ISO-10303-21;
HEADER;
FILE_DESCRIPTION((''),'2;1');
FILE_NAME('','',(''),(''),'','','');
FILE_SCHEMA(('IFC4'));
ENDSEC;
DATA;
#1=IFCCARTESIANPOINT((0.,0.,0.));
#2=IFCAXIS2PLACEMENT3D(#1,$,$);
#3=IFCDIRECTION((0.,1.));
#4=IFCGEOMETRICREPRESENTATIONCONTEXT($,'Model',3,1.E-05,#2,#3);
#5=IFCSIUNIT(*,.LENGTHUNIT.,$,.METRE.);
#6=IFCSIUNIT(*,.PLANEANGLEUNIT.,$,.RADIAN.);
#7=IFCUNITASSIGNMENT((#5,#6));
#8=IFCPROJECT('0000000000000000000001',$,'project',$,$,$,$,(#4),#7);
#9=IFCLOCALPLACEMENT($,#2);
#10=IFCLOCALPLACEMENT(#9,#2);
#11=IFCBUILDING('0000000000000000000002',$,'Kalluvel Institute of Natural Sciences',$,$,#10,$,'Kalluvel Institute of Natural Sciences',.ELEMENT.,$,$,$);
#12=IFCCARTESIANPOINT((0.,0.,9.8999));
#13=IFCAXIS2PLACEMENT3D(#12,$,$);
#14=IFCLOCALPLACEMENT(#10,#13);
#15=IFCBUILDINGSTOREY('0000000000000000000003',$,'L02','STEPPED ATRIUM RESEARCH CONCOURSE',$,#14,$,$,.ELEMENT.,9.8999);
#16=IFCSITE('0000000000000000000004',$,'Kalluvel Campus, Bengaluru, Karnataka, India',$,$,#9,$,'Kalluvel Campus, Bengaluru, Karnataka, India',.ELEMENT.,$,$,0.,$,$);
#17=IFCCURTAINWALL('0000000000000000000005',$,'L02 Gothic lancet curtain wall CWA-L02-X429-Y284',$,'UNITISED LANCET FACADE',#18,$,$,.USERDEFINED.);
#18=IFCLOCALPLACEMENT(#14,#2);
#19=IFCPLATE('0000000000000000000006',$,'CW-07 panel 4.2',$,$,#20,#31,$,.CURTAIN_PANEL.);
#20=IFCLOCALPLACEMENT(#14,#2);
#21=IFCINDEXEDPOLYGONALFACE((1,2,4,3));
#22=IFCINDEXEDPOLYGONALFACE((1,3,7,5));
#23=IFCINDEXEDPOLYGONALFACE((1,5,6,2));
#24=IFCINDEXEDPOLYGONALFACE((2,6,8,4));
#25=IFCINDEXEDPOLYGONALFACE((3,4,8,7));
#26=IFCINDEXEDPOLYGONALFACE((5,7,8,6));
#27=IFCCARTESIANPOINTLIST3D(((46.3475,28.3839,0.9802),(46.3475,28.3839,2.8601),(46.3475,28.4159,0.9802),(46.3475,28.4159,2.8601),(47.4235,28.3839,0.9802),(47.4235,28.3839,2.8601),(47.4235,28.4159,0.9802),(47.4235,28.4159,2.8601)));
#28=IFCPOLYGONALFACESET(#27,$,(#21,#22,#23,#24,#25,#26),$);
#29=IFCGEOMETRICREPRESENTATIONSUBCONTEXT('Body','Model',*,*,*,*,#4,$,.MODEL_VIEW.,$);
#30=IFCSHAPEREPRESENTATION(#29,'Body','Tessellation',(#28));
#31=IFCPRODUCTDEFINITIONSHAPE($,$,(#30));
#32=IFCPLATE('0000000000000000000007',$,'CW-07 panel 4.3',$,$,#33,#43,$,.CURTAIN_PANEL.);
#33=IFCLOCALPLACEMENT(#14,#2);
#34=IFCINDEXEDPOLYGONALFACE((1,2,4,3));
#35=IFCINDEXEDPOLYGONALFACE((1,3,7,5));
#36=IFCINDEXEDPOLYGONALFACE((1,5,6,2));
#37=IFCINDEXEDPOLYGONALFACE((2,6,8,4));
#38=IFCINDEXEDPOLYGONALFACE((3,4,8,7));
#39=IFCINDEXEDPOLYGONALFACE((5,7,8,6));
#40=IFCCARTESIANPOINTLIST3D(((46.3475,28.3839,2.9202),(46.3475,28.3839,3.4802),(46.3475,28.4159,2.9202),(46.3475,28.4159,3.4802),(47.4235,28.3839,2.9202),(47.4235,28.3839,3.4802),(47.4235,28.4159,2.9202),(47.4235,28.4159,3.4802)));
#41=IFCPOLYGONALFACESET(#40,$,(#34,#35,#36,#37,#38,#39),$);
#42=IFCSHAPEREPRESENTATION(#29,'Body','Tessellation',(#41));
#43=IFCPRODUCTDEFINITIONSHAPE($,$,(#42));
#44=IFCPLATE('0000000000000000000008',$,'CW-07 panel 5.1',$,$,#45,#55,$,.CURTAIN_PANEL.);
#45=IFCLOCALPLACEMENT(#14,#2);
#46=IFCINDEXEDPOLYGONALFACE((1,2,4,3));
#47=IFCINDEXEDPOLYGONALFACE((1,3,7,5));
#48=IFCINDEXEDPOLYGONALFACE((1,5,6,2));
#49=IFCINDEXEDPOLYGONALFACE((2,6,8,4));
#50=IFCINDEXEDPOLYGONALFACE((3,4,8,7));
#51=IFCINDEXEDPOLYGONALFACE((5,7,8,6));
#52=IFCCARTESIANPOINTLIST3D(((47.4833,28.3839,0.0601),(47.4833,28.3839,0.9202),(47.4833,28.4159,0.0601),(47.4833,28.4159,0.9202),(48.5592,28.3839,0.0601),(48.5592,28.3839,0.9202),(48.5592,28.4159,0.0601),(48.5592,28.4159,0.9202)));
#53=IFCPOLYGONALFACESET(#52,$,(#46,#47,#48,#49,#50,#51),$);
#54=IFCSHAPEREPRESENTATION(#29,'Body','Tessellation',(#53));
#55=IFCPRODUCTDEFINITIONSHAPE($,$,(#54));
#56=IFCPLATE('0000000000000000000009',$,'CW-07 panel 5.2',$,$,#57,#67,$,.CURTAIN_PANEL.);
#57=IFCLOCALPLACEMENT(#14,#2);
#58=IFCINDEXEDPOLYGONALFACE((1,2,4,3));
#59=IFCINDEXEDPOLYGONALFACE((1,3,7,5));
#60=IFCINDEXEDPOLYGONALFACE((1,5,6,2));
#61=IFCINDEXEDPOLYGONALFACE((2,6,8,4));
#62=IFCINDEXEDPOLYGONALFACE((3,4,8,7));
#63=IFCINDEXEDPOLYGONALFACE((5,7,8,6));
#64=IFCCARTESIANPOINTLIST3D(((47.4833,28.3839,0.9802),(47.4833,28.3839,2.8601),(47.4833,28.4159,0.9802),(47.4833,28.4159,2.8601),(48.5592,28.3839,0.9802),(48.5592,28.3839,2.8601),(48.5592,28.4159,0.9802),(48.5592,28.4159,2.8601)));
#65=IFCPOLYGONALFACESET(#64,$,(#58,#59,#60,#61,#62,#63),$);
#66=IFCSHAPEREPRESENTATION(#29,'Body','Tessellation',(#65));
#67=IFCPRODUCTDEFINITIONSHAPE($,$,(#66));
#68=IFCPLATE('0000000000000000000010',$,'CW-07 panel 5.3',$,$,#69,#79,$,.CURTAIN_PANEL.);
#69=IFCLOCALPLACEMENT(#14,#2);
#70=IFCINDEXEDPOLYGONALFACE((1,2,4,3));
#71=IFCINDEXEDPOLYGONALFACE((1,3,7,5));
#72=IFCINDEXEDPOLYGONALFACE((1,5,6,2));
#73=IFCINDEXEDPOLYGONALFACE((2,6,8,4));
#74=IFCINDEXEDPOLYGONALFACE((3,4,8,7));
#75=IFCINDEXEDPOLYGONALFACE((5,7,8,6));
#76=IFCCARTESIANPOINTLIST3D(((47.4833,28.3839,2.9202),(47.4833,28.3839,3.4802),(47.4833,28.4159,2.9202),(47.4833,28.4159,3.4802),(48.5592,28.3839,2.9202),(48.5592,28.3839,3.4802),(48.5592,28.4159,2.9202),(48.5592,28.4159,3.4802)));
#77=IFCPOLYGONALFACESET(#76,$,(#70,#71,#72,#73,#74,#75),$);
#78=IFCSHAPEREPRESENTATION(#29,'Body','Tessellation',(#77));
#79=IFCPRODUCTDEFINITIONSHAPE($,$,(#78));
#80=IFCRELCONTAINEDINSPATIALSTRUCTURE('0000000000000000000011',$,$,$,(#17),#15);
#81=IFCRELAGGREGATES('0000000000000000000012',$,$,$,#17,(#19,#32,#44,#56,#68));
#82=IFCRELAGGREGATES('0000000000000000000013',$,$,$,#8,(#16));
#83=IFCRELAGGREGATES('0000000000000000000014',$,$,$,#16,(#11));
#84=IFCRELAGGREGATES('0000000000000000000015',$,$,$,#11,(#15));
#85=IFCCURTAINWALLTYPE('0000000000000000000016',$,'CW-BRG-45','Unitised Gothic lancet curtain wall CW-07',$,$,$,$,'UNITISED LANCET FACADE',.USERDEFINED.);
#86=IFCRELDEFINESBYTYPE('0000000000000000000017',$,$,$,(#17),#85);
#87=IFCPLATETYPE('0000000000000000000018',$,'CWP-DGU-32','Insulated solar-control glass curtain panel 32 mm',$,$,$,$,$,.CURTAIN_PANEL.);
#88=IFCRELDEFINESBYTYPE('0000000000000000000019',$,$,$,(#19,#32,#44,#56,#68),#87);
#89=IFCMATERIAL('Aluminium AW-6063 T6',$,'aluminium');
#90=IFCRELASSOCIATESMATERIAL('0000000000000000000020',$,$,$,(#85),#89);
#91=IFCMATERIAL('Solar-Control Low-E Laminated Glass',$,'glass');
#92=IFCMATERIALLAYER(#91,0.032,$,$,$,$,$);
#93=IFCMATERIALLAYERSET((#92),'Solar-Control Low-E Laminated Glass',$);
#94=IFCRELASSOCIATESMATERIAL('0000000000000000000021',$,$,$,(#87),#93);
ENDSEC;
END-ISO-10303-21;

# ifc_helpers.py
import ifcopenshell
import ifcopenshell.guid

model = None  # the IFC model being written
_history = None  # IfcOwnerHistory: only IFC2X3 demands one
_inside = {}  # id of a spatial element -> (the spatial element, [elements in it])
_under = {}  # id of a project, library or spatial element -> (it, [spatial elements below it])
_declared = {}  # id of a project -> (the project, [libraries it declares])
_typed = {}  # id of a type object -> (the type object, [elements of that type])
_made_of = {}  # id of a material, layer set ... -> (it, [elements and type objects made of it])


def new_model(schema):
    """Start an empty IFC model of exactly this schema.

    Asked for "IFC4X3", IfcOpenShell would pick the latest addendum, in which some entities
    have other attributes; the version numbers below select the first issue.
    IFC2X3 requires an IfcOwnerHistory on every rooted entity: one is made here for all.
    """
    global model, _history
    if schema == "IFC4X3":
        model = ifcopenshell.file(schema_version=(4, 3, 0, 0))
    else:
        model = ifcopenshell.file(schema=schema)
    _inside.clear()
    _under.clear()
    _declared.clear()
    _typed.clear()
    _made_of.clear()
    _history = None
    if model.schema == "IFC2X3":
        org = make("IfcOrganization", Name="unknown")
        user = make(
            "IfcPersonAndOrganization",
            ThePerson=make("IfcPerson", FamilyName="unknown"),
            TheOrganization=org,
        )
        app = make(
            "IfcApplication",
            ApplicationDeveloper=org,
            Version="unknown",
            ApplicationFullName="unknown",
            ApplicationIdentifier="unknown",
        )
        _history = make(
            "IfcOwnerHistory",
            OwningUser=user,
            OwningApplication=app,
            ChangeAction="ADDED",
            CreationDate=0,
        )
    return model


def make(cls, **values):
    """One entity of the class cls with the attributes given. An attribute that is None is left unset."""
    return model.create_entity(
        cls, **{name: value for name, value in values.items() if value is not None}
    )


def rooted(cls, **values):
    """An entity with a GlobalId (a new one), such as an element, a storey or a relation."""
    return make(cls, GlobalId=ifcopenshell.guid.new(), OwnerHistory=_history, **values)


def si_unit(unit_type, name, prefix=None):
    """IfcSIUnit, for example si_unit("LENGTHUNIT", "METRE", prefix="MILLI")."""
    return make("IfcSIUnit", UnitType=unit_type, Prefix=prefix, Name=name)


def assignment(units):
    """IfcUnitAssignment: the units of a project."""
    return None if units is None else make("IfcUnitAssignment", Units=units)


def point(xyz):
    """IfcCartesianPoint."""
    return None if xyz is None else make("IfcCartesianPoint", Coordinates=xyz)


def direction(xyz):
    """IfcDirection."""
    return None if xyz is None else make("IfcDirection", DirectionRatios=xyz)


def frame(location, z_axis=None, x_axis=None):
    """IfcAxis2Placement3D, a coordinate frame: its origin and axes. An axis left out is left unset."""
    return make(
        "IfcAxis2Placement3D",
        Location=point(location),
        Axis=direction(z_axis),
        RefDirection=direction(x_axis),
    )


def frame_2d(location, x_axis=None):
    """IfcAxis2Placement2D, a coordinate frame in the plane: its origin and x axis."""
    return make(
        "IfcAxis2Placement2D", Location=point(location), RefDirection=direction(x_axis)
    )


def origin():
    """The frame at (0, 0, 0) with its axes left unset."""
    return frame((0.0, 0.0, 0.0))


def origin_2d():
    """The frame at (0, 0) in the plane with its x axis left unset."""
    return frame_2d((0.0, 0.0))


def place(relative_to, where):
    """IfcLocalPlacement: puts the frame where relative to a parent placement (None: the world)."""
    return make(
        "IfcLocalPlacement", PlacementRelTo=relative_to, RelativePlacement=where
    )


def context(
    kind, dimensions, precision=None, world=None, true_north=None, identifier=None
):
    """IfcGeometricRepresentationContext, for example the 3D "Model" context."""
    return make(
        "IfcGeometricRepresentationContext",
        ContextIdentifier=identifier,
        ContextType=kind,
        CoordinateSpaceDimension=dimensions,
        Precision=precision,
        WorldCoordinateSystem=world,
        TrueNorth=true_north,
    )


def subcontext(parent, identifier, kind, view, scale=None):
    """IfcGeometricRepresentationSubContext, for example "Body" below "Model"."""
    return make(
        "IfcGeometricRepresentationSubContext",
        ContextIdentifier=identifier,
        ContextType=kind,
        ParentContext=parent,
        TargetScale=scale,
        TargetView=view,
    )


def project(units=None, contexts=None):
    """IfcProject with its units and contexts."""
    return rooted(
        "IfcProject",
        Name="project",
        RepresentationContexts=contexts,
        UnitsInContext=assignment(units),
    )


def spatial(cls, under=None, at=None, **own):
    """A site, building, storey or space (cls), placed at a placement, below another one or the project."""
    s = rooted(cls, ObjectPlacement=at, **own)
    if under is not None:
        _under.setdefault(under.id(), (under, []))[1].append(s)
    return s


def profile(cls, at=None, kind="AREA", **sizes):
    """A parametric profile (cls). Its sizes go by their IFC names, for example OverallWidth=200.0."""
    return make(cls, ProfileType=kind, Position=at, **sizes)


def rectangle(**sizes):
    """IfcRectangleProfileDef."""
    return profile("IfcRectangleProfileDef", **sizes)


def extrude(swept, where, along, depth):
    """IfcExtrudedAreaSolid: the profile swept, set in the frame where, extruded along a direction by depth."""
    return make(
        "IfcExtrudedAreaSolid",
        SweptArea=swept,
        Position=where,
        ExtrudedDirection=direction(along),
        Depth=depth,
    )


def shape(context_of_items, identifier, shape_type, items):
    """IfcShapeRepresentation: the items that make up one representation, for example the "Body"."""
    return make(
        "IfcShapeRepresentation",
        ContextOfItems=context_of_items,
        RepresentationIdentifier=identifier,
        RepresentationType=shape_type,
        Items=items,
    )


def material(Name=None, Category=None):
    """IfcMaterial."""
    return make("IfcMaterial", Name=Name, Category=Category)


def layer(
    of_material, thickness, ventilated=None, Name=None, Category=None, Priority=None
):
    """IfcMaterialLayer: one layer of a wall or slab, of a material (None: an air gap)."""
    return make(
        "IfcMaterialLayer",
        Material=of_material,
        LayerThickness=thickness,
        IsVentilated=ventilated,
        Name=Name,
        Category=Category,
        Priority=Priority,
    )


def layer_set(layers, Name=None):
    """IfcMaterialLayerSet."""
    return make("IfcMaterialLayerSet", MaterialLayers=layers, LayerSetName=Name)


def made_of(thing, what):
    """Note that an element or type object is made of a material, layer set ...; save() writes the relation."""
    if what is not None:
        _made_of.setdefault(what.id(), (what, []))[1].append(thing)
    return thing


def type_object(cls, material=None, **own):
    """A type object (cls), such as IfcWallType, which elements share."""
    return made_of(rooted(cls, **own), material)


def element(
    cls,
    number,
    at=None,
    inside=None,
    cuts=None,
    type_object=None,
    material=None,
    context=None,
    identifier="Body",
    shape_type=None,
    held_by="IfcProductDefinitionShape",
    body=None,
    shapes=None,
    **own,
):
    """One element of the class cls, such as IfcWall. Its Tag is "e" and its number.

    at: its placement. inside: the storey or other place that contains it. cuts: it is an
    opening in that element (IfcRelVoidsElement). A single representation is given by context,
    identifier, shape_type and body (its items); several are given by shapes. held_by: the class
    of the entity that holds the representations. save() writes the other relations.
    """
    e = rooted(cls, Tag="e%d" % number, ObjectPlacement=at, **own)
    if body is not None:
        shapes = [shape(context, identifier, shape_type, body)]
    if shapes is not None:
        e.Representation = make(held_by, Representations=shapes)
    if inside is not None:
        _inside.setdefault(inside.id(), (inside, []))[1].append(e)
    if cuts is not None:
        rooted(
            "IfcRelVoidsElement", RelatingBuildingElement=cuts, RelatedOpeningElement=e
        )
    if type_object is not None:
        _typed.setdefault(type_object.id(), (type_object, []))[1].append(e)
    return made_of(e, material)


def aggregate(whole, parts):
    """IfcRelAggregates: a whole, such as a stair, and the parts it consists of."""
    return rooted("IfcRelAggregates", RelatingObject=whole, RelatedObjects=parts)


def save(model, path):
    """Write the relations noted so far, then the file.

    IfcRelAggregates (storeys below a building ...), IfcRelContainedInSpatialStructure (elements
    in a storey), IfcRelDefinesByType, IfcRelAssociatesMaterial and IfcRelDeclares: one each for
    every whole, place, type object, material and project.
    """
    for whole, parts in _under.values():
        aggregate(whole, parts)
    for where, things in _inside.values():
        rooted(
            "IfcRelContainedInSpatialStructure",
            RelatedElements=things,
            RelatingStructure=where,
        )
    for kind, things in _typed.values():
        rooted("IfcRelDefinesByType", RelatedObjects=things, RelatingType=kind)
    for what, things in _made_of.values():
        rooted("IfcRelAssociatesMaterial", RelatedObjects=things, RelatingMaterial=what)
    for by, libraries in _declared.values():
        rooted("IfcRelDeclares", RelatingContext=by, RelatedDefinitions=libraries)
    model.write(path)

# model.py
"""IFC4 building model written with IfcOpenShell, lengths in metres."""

from ifc_helpers import new_model, si_unit, direction, frame, origin, origin_2d, place, context, subcontext, project, spatial, rectangle, extrude, material, layer, layer_set, type_object, element, aggregate, save


model = new_model("IFC4")

# Units and contexts
model_context = context("Model", 3, precision=1e-05, world=origin(), true_north=direction((0.0, 1.0)))
body_context = subcontext(model_context, "Body", "Model", "MODEL_VIEW")
ifc_project = project(units=[si_unit("LENGTHUNIT", "METRE"), si_unit("PLANEANGLEUNIT", "RADIAN")], contexts=[model_context])

# Site, building, storey
site_placement = place(None, origin())
site = spatial("IfcSite", under=ifc_project, at=site_placement, Name="Kalluvel Campus, Bengaluru, Karnataka, India", LongName="Kalluvel Campus, Bengaluru, Karnataka, India", CompositionType="ELEMENT", RefElevation=0.0)
building_placement = place(site_placement, origin())
building = spatial("IfcBuilding", under=site, at=building_placement, Name="Kalluvel Institute of Natural Sciences", LongName="Kalluvel Institute of Natural Sciences", CompositionType="ELEMENT")
storey_placement = place(building_placement, frame((0.0, 0.0, 9.8999)))
storey = spatial("IfcBuildingStorey", under=building, at=storey_placement, Name="L02", Description="STEPPED ATRIUM RESEARCH CONCOURSE", CompositionType="ELEMENT", Elevation=9.8999)

# Curtain wall, plates
ifc_material_1 = material(Name="Aluminium AW-6063 T6", Category="aluminium")
curtain_wall_type = type_object("IfcCurtainWallType", Name="CW-BRG-45", Description="Unitised Gothic lancet curtain wall CW-07", ElementType="UNITISED LANCET FACADE", PredefinedType="USERDEFINED", material=ifc_material_1)
curtain_wall_placement = place(storey_placement, origin())
curtain_wall = element("IfcCurtainWall", 1, at=curtain_wall_placement, inside=storey, type_object=curtain_wall_type, Name="L02 Gothic lancet curtain wall CWA-L02-X429-Y284", ObjectType="UNITISED LANCET FACADE", PredefinedType="USERDEFINED")
ifc_material_2 = material(Name="Solar-Control Low-E Laminated Glass", Category="glass")
ifc_layer = layer(ifc_material_2, 0.032)
ifc_layer_set = layer_set([ifc_layer], Name="Solar-Control Low-E Laminated Glass")
plate_type = type_object("IfcPlateType", Name="CWP-DGU-32", Description="Insulated solar-control glass curtain panel 32 mm", PredefinedType="CURTAIN_PANEL", material=ifc_layer_set)
plate_1_placement = place(storey_placement, frame((46.8855, 28.3999, 0.9802), z_axis=(0.0, 0.0, 1.0), x_axis=(1.0, 0.0, 0.0)))
plate_1 = element("IfcPlate", 2, at=plate_1_placement, type_object=plate_type, Name="CW-07 panel 4.2", PredefinedType="CURTAIN_PANEL", context=body_context, shape_type="SweptSolid", body=[
    extrude(rectangle(XDim=1.0759, YDim=0.032, at=origin_2d()), origin(), (0.0, 0.0, 1.0), 1.8799),
])
plate_2_placement = place(storey_placement, frame((46.8855, 28.3999, 2.9202), z_axis=(0.0, 0.0, 1.0), x_axis=(1.0, 0.0, 0.0)))
plate_2 = element("IfcPlate", 3, at=plate_2_placement, type_object=plate_type, Name="CW-07 panel 4.3", PredefinedType="CURTAIN_PANEL", context=body_context, shape_type="SweptSolid", body=[
    extrude(rectangle(XDim=1.0759, YDim=0.032, at=origin_2d()), origin(), (0.0, 0.0, 1.0), 0.5601),
])
plate_3_placement = place(storey_placement, frame((48.0212, 28.3999, 0.0601), z_axis=(0.0, 0.0, 1.0), x_axis=(1.0, 0.0, 0.0)))
plate_3 = element("IfcPlate", 4, at=plate_3_placement, type_object=plate_type, Name="CW-07 panel 5.1", PredefinedType="CURTAIN_PANEL", context=body_context, shape_type="SweptSolid", body=[
    extrude(rectangle(XDim=1.0759, YDim=0.032, at=origin_2d()), origin(), (0.0, 0.0, 1.0), 0.8601),
])
plate_4_placement = place(storey_placement, frame((48.0212, 28.3999, 0.9802), z_axis=(0.0, 0.0, 1.0), x_axis=(1.0, 0.0, 0.0)))
plate_4 = element("IfcPlate", 5, at=plate_4_placement, type_object=plate_type, Name="CW-07 panel 5.2", PredefinedType="CURTAIN_PANEL", context=body_context, shape_type="SweptSolid", body=[
    extrude(rectangle(XDim=1.0759, YDim=0.032, at=origin_2d()), origin(), (0.0, 0.0, 1.0), 1.8799),
])
plate_5_placement = place(storey_placement, frame((48.0212, 28.3999, 2.9202), z_axis=(0.0, 0.0, 1.0), x_axis=(1.0, 0.0, 0.0)))
plate_5 = element("IfcPlate", 6, at=plate_5_placement, type_object=plate_type, Name="CW-07 panel 5.3", PredefinedType="CURTAIN_PANEL", context=body_context, shape_type="SweptSolid", body=[
    extrude(rectangle(XDim=1.0759, YDim=0.032, at=origin_2d()), origin(), (0.0, 0.0, 1.0), 0.5601),
])
aggregate(curtain_wall, [plate_1, plate_2, plate_3, plate_4, plate_5])

save(model, "model.ifc")
